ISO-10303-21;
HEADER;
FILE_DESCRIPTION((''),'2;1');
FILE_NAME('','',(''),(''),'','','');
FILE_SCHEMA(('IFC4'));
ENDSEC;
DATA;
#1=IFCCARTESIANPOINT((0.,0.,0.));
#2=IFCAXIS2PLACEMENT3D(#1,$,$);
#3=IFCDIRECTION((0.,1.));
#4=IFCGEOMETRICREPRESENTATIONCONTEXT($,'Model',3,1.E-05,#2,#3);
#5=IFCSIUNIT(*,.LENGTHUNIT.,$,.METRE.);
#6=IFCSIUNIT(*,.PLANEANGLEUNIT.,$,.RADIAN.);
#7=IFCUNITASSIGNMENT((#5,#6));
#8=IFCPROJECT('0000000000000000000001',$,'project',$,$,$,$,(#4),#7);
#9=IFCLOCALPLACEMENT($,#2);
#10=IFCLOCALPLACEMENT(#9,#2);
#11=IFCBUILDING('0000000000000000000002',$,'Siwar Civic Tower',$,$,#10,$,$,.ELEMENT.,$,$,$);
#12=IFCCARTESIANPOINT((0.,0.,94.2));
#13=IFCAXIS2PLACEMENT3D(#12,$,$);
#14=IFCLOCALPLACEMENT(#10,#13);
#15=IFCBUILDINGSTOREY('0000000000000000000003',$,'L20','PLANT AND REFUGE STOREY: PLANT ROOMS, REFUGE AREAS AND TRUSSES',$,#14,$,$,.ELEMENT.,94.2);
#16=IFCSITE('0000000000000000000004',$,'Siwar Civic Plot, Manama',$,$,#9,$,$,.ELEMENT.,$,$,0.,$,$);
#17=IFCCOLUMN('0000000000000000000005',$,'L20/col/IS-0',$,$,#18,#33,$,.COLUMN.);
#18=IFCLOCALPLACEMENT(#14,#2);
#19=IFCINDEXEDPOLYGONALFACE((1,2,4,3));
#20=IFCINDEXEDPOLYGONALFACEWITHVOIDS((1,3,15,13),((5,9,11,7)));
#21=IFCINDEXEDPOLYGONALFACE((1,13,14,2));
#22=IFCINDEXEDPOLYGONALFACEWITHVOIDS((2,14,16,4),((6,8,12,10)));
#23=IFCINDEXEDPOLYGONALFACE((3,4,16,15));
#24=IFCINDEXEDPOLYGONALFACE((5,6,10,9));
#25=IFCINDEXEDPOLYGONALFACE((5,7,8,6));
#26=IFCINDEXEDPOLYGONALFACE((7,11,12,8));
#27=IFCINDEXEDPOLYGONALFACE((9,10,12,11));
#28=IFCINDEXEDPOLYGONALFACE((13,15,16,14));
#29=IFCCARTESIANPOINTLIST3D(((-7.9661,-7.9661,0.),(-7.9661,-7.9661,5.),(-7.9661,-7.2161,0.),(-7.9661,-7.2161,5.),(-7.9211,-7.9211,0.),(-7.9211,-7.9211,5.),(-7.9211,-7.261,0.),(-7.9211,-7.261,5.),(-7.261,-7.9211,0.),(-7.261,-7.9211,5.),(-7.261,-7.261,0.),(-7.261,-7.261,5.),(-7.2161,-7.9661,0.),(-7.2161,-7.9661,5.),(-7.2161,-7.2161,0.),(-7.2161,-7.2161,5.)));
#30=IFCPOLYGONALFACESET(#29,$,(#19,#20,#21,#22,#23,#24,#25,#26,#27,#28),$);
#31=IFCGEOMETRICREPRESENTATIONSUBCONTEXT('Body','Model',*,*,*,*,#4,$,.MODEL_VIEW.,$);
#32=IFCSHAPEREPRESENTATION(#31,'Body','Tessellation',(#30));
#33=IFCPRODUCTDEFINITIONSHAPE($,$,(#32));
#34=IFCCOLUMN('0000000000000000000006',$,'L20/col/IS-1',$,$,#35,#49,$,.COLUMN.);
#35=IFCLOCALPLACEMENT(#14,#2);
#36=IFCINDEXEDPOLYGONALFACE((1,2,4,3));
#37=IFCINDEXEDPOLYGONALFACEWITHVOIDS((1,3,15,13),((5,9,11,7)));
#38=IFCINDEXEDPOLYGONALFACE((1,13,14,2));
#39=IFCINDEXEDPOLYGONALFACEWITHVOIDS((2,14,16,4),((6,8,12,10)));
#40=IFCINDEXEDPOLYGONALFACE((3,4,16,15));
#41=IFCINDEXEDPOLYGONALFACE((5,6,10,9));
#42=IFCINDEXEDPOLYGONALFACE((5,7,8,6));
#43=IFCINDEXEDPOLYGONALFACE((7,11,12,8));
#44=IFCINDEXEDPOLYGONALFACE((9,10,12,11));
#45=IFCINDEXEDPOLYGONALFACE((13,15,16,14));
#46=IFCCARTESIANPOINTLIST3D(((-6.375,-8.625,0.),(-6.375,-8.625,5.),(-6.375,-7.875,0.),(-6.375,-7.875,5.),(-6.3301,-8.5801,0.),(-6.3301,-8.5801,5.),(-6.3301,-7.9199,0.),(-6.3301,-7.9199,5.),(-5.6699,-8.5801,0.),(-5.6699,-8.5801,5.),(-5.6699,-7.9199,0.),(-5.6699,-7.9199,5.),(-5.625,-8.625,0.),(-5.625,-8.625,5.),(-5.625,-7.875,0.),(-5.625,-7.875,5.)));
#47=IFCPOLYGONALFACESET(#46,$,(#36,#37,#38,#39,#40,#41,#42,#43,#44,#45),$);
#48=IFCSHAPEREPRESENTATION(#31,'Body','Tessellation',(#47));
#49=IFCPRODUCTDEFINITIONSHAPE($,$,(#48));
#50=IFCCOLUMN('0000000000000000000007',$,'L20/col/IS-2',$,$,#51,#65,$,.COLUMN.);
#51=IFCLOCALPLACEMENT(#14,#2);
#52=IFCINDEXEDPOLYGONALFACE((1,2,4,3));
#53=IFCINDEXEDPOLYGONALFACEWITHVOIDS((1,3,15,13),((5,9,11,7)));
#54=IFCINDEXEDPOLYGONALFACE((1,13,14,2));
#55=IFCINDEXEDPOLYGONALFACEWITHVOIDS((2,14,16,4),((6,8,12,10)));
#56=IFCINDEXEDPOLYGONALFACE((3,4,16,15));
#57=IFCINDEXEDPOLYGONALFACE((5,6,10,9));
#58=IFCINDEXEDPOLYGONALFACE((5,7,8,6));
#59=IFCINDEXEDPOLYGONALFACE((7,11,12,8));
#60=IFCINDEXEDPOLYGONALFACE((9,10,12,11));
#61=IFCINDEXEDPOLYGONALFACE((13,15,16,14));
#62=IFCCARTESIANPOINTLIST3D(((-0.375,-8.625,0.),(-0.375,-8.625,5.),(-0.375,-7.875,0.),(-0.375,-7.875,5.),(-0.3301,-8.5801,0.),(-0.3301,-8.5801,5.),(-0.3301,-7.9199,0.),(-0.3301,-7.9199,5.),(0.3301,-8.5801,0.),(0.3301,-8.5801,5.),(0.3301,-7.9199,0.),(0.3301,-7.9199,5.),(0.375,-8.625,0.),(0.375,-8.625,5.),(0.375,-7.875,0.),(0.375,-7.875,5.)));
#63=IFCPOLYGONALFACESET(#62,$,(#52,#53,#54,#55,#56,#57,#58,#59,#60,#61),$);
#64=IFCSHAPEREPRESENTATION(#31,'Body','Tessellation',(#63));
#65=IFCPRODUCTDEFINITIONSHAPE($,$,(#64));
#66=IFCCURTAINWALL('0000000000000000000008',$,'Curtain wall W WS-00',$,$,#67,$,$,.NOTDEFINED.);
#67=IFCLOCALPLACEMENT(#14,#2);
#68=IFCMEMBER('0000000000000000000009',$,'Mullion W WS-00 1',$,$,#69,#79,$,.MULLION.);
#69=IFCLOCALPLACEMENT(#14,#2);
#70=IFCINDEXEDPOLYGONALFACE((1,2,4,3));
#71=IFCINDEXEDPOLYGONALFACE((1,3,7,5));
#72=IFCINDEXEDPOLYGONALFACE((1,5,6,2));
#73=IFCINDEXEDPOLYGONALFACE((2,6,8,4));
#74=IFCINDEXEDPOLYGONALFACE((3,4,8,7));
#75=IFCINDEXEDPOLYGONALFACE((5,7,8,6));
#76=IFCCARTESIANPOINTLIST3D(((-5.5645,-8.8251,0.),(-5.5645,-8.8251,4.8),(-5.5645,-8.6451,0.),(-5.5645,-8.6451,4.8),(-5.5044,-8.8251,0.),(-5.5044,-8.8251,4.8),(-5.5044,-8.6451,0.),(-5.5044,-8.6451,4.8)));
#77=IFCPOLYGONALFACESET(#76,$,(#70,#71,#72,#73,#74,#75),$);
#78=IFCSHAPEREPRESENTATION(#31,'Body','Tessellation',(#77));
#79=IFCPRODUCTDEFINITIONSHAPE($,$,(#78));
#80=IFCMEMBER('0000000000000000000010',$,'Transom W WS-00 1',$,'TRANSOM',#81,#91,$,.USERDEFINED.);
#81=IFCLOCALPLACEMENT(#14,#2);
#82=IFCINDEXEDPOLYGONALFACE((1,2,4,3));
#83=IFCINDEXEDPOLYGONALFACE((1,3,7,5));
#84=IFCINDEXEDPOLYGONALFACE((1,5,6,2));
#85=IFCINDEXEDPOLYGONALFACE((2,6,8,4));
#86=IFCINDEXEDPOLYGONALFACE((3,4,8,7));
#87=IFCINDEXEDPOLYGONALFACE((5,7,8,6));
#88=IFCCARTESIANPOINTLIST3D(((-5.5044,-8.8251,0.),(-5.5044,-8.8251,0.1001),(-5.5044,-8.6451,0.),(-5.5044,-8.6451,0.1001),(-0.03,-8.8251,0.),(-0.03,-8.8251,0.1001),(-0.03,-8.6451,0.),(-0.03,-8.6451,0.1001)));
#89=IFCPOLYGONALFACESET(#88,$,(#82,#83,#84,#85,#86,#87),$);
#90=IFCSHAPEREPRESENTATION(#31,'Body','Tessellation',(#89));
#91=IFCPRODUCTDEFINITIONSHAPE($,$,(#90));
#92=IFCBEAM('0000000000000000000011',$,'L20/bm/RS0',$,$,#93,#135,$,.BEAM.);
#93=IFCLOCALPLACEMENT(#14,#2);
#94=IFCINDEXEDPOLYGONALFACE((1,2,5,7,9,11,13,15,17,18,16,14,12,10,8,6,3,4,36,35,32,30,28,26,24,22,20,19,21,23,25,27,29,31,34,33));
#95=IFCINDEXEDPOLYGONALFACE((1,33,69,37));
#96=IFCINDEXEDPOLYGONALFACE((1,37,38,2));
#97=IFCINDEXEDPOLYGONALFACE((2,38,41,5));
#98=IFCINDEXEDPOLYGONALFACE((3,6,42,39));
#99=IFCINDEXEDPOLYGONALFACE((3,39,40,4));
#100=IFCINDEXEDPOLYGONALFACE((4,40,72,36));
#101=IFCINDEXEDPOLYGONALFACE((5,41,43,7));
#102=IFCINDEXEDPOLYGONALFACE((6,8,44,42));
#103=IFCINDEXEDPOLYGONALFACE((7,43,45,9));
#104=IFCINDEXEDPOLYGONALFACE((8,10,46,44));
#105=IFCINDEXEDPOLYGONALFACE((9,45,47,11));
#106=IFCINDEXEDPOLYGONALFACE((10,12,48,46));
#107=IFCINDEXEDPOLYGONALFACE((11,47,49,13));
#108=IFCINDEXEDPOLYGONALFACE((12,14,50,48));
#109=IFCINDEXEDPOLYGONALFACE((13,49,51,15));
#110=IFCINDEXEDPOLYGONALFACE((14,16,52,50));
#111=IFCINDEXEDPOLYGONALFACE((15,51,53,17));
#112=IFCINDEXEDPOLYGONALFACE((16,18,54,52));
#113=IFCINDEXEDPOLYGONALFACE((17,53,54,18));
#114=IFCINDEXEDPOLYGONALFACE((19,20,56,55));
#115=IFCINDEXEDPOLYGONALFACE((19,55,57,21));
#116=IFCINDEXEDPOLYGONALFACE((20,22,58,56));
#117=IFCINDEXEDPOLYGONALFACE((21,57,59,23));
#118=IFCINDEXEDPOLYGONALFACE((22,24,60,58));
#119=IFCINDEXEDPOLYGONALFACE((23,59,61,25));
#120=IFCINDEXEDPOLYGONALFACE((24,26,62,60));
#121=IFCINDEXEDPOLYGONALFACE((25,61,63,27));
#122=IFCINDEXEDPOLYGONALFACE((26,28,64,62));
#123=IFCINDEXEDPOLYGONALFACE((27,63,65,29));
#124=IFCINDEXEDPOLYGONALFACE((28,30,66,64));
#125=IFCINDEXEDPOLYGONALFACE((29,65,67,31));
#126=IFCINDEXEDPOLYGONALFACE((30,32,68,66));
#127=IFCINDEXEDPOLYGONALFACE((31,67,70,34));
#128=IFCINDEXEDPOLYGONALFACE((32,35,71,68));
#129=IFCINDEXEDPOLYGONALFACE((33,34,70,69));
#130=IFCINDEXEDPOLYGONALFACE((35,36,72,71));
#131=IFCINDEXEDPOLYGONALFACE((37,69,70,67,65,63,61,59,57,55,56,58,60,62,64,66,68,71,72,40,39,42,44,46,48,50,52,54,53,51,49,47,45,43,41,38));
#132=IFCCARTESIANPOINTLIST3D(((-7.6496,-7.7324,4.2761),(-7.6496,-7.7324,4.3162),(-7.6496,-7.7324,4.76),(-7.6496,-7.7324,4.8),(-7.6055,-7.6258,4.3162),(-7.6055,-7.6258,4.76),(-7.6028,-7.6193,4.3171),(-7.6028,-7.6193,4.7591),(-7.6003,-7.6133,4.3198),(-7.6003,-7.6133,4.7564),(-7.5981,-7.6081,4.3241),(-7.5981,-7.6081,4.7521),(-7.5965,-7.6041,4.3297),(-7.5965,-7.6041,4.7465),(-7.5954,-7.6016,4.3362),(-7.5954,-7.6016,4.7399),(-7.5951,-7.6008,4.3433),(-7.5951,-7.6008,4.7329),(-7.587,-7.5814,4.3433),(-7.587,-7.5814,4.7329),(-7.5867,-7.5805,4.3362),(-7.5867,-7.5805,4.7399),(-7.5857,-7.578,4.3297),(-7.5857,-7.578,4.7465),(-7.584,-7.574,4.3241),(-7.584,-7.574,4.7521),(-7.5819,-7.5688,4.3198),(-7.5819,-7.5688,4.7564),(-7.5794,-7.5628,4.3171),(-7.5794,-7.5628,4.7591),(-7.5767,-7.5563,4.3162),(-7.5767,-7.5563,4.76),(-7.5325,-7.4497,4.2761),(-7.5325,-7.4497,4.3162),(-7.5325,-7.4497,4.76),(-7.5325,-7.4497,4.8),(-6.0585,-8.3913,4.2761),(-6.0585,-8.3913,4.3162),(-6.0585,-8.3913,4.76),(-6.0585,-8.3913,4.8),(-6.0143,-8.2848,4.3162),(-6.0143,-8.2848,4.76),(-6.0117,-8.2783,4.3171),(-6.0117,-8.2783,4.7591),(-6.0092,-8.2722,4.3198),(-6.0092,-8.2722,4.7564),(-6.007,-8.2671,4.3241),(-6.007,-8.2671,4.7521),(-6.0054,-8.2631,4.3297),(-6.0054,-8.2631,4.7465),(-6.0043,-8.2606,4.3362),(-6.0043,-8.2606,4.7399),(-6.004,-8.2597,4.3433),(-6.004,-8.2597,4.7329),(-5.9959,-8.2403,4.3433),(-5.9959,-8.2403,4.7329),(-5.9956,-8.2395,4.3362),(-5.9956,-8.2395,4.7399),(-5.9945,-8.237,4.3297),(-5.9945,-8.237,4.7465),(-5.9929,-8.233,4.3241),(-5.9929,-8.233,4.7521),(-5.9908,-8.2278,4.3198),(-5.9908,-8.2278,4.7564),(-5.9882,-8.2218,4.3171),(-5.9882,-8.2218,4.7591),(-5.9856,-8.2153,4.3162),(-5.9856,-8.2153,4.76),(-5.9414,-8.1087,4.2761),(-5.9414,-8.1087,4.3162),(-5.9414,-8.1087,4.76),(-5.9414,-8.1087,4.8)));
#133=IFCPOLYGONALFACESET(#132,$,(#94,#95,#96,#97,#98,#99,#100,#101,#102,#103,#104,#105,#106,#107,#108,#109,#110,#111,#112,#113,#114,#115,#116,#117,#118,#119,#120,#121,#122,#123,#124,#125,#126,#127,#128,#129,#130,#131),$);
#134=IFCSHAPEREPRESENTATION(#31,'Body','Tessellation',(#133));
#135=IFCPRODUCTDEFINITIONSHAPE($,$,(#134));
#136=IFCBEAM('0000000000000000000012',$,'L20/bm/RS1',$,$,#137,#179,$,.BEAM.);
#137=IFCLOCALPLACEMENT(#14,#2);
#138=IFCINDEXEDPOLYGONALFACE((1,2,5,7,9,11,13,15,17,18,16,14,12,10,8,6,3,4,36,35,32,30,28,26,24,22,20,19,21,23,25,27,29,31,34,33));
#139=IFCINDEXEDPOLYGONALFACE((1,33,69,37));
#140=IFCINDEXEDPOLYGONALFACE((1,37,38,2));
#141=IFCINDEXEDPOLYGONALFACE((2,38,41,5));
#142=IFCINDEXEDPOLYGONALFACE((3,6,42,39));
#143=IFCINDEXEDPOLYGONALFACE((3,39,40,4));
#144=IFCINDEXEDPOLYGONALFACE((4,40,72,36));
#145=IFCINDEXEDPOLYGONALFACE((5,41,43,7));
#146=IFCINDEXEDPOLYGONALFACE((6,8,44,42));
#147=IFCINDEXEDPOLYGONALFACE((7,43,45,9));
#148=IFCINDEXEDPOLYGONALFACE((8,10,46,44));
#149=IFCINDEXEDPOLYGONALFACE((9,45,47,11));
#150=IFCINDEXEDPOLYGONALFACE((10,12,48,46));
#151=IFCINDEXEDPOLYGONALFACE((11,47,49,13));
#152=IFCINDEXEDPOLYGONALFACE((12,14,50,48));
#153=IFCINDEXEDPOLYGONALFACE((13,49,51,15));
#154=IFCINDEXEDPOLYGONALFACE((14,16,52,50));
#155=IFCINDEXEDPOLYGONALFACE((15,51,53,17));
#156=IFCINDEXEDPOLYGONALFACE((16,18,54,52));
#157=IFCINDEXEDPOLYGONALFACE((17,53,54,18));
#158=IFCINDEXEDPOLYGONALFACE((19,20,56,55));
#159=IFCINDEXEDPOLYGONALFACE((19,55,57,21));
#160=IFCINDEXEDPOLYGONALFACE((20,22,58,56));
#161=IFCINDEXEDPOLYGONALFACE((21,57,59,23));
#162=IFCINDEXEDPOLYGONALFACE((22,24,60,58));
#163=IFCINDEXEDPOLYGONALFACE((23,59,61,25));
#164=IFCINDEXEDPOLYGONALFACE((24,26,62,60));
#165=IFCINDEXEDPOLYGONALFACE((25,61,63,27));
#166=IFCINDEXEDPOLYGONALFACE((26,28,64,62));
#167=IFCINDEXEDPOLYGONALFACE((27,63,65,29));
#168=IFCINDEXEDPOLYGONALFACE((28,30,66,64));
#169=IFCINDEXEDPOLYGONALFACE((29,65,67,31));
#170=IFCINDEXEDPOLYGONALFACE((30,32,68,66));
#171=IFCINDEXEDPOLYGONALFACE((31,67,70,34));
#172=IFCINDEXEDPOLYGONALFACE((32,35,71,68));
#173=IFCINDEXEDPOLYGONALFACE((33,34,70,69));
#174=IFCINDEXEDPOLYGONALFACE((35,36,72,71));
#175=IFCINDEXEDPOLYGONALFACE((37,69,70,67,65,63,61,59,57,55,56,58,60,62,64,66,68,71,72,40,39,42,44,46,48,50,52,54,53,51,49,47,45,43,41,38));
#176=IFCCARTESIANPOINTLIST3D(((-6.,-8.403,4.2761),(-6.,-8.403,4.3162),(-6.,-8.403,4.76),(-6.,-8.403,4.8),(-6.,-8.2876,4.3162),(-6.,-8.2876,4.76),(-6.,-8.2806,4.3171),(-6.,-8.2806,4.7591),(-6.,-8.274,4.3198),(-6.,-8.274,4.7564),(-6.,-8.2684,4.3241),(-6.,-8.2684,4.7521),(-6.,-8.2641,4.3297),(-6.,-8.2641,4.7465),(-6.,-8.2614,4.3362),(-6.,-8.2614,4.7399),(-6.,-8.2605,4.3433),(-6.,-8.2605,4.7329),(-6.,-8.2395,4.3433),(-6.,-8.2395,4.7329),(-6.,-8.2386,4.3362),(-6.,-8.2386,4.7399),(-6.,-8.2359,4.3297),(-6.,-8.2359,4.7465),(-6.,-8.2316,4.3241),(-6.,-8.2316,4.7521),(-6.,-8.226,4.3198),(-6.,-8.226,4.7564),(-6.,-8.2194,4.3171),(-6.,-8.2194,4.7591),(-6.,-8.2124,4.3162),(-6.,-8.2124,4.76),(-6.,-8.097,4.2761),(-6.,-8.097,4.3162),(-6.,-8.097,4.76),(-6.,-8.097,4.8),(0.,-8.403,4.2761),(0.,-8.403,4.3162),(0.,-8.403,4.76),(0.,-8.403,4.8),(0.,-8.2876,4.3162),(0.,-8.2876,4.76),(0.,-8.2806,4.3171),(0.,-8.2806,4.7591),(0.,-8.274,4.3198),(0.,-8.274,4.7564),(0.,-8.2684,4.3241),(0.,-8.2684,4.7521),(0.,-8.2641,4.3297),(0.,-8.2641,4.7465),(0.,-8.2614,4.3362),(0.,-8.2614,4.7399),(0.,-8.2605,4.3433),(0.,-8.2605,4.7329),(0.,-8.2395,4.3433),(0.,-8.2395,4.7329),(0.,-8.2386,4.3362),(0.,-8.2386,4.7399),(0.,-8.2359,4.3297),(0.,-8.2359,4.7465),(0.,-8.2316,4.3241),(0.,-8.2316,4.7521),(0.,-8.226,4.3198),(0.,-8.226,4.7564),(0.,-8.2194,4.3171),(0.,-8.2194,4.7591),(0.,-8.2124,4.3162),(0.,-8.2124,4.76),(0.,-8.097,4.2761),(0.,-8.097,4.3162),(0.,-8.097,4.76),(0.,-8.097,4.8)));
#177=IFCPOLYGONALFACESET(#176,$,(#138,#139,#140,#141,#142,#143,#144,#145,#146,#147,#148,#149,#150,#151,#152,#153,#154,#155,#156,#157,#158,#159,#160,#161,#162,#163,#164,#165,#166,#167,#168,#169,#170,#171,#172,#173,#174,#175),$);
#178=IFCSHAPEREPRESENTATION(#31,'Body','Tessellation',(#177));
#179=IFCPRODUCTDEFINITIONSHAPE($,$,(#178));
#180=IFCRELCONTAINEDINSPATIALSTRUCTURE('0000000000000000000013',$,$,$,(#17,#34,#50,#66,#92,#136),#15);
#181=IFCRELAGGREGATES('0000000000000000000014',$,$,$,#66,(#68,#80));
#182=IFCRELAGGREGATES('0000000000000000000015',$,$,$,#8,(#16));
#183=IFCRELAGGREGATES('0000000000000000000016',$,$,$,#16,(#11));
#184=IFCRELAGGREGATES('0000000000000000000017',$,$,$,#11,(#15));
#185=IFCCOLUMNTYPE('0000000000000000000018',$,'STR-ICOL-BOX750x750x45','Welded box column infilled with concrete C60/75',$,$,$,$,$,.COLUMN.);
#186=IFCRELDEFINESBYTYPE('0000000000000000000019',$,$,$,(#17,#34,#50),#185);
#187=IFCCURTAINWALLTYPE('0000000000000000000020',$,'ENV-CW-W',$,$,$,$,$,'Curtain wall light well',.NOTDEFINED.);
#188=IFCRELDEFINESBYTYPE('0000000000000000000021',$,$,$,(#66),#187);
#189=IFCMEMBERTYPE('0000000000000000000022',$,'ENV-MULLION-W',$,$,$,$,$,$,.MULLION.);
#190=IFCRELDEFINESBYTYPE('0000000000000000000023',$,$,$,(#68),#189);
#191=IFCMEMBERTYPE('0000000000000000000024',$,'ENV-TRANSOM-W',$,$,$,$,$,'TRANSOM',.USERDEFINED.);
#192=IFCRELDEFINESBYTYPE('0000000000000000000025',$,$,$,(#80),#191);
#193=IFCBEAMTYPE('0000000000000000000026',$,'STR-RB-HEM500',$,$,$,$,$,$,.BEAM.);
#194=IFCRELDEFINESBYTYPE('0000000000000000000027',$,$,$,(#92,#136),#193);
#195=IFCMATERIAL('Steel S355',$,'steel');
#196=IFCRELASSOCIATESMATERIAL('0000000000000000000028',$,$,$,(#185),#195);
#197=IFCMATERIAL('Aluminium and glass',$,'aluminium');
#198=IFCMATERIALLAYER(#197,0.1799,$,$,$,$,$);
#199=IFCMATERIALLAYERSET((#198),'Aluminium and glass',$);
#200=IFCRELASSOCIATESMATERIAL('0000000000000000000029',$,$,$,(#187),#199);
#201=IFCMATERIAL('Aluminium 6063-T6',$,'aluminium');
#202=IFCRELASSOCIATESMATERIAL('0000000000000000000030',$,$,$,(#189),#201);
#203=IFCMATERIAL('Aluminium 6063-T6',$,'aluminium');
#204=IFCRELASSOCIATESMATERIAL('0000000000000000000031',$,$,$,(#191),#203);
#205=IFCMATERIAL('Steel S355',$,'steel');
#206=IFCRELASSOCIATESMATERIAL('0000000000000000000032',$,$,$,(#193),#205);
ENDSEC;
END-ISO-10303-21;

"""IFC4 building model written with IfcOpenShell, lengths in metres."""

from ifc_helpers import new_model, si_unit, direction, frame, origin, origin_2d, place, context, subcontext, project, spatial, rectangle, hollow_rectangle, i_section, extrude, material, layer, layer_set, material_profile, profile_set, type_object, element, aggregate, save


model = new_model("IFC4")

# Units and contexts
model_context = context("Model", 3, precision=1e-05, world=origin(), true_north=direction((0.0, 1.0)))
body_context = subcontext(model_context, "Body", "Model", "MODEL_VIEW")
ifc_project = project(units=[si_unit("LENGTHUNIT", "METRE"), si_unit("PLANEANGLEUNIT", "RADIAN")], contexts=[model_context])

# Site, building, storey
site_placement = place(None, origin())
site = spatial("IfcSite", under=ifc_project, at=site_placement, Name="Siwar Civic Plot, Manama", CompositionType="ELEMENT", RefElevation=0.0)
building_placement = place(site_placement, origin())
building = spatial("IfcBuilding", under=site, at=building_placement, Name="Siwar Civic Tower", CompositionType="ELEMENT")
storey_placement = place(building_placement, frame((0.0, 0.0, 94.2)))
storey = spatial("IfcBuildingStorey", under=building, at=storey_placement, Name="L20", Description="PLANT AND REFUGE STOREY: PLANT ROOMS, REFUGE AREAS AND TRUSSES", CompositionType="ELEMENT", Elevation=94.2)

# Columns
ifc_material_1 = material(Name="Steel S355", Category="steel")
ifc_material_profile_1 = material_profile(ifc_material_1, hollow_rectangle(XDim=0.75, YDim=0.75, WallThickness=0.0449, at=origin_2d()), Name="BOX750x750x45")
ifc_profile_set_1 = profile_set([ifc_material_profile_1], Name="Steel S355")
column_type = type_object("IfcColumnType", Name="STR-ICOL-BOX750x750x45", Description="Welded box column infilled with concrete C60/75", PredefinedType="COLUMN", material=ifc_profile_set_1)
for number, where, z_axis, x_axis, name in (
    (1, (-7.5911, -7.5911, 0.0), (0.0, 0.0, 1.0), (1.0, 0.0, 0.0), "L20/col/IS-0"),
    (2, (-6.0, -8.25, 0.0), (0.0, 0.0, 1.0), (1.0, 0.0, 0.0), "L20/col/IS-1"),
    (3, (0.0, -8.25, 0.0), (0.0, 0.0, 1.0), (1.0, 0.0, 0.0), "L20/col/IS-2"),
):
    element("IfcColumn", number, at=place(storey_placement, frame(where, z_axis=z_axis, x_axis=x_axis)), inside=storey, type_object=column_type, Name=name, PredefinedType="COLUMN", context=body_context, shape_type="SweptSolid", body=[
        extrude(hollow_rectangle(XDim=0.75, YDim=0.75, WallThickness=0.0449, at=origin_2d()), origin(), (0.0, 0.0, 1.0), 5.0),
    ])

# Curtain wall, members
ifc_material_2 = material(Name="Aluminium and glass", Category="aluminium")
ifc_layer_1 = layer(ifc_material_2, 0.1799)
ifc_layer_set_1 = layer_set([ifc_layer_1], Name="Aluminium and glass")
curtain_wall_type = type_object("IfcCurtainWallType", Name="ENV-CW-W", ElementType="Curtain wall light well", PredefinedType="NOTDEFINED", material=ifc_layer_set_1)
curtain_wall_placement = place(storey_placement, origin())
curtain_wall = element("IfcCurtainWall", 4, at=curtain_wall_placement, inside=storey, type_object=curtain_wall_type, Name="Curtain wall W WS-00", PredefinedType="NOTDEFINED")
ifc_material_3 = material(Name="Aluminium 6063-T6", Category="aluminium")
ifc_material_profile_2 = material_profile(ifc_material_3, rectangle(XDim=0.1799, YDim=0.0601, at=origin_2d()), Name="AL 180x60")
ifc_profile_set_2 = profile_set([ifc_material_profile_2], Name="Aluminium 6063-T6")
member_type_1 = type_object("IfcMemberType", Name="ENV-MULLION-W", PredefinedType="MULLION", material=ifc_profile_set_2)
member_1_placement = place(storey_placement, frame((-5.5344, -8.7351, 0.0), z_axis=(0.0, 0.0, 1.0), x_axis=(0.0, 1.0, 0.0)))
member_1 = element("IfcMember", 5, at=member_1_placement, type_object=member_type_1, Name="Mullion W WS-00 1", PredefinedType="MULLION", context=body_context, shape_type="SweptSolid", body=[
    extrude(rectangle(XDim=0.1799, YDim=0.0601, at=origin_2d()), origin(), (0.0, 0.0, 1.0), 4.8),
])
ifc_material_4 = material(Name="Aluminium 6063-T6", Category="aluminium")
ifc_material_profile_3 = material_profile(ifc_material_4, rectangle(XDim=0.1799, YDim=0.1001, at=origin_2d()), Name="AL 180x100")
ifc_profile_set_3 = profile_set([ifc_material_profile_3], Name="Aluminium 6063-T6")
member_type_2 = type_object("IfcMemberType", Name="ENV-TRANSOM-W", ElementType="TRANSOM", PredefinedType="USERDEFINED", material=ifc_profile_set_3)
member_2_placement = place(storey_placement, frame((-5.5044, -8.7351, 0.05), z_axis=(1.0, 0.0, 0.0), x_axis=(0.0, 1.0, 0.0)))
member_2 = element("IfcMember", 6, at=member_2_placement, type_object=member_type_2, Name="Transom W WS-00 1", ObjectType="TRANSOM", PredefinedType="USERDEFINED", context=body_context, shape_type="SweptSolid", body=[
    extrude(rectangle(XDim=0.1799, YDim=0.1001, at=origin_2d()), origin(), (0.0, 0.0, 1.0), 5.4744),
])

# Beams
ifc_material_5 = material(Name="Steel S355", Category="steel")
ifc_material_profile_4 = material_profile(ifc_material_5, i_section(OverallWidth=0.3059, OverallDepth=0.5239, WebThickness=0.021, FlangeThickness=0.04, FilletRadius=0.0271, at=origin_2d()), Name="HEM500")
ifc_profile_set_4 = profile_set([ifc_material_profile_4], Name="Steel S355")
beam_type = type_object("IfcBeamType", Name="STR-RB-HEM500", PredefinedType="BEAM", material=ifc_profile_set_4)
beam_1_placement = place(storey_placement, frame((-7.5911, -7.5911, 4.5381), z_axis=(0.923901, -0.382631, 0.0), x_axis=(0.382631, 0.923901, 0.0)))
element("IfcBeam", 7, at=beam_1_placement, inside=storey, type_object=beam_type, Name="L20/bm/RS0", PredefinedType="BEAM", context=body_context, shape_type="SweptSolid", body=[
    extrude(i_section(OverallWidth=0.3059, OverallDepth=0.5239, WebThickness=0.021, FlangeThickness=0.04, FilletRadius=0.0271, at=origin_2d()), origin(), (0.0, 0.0, 1.0), 1.7222),
])
for number, where, z_axis, x_axis, name in (
    (8, (-6.0, -8.25, 4.5381), (1.0, 0.0, 0.0), (0.0, 1.0, 0.0), "L20/bm/RS1"),
):
    element("IfcBeam", number, at=place(storey_placement, frame(where, z_axis=z_axis, x_axis=x_axis)), inside=storey, type_object=beam_type, Name=name, PredefinedType="BEAM", context=body_context, shape_type="SweptSolid", body=[
        extrude(i_section(OverallWidth=0.3059, OverallDepth=0.5239, WebThickness=0.021, FlangeThickness=0.04, FilletRadius=0.0271, at=origin_2d()), origin(), (0.0, 0.0, 1.0), 6.0),
    ])

aggregate(curtain_wall, [member_1, member_2])

save(model, "model.ifc")
